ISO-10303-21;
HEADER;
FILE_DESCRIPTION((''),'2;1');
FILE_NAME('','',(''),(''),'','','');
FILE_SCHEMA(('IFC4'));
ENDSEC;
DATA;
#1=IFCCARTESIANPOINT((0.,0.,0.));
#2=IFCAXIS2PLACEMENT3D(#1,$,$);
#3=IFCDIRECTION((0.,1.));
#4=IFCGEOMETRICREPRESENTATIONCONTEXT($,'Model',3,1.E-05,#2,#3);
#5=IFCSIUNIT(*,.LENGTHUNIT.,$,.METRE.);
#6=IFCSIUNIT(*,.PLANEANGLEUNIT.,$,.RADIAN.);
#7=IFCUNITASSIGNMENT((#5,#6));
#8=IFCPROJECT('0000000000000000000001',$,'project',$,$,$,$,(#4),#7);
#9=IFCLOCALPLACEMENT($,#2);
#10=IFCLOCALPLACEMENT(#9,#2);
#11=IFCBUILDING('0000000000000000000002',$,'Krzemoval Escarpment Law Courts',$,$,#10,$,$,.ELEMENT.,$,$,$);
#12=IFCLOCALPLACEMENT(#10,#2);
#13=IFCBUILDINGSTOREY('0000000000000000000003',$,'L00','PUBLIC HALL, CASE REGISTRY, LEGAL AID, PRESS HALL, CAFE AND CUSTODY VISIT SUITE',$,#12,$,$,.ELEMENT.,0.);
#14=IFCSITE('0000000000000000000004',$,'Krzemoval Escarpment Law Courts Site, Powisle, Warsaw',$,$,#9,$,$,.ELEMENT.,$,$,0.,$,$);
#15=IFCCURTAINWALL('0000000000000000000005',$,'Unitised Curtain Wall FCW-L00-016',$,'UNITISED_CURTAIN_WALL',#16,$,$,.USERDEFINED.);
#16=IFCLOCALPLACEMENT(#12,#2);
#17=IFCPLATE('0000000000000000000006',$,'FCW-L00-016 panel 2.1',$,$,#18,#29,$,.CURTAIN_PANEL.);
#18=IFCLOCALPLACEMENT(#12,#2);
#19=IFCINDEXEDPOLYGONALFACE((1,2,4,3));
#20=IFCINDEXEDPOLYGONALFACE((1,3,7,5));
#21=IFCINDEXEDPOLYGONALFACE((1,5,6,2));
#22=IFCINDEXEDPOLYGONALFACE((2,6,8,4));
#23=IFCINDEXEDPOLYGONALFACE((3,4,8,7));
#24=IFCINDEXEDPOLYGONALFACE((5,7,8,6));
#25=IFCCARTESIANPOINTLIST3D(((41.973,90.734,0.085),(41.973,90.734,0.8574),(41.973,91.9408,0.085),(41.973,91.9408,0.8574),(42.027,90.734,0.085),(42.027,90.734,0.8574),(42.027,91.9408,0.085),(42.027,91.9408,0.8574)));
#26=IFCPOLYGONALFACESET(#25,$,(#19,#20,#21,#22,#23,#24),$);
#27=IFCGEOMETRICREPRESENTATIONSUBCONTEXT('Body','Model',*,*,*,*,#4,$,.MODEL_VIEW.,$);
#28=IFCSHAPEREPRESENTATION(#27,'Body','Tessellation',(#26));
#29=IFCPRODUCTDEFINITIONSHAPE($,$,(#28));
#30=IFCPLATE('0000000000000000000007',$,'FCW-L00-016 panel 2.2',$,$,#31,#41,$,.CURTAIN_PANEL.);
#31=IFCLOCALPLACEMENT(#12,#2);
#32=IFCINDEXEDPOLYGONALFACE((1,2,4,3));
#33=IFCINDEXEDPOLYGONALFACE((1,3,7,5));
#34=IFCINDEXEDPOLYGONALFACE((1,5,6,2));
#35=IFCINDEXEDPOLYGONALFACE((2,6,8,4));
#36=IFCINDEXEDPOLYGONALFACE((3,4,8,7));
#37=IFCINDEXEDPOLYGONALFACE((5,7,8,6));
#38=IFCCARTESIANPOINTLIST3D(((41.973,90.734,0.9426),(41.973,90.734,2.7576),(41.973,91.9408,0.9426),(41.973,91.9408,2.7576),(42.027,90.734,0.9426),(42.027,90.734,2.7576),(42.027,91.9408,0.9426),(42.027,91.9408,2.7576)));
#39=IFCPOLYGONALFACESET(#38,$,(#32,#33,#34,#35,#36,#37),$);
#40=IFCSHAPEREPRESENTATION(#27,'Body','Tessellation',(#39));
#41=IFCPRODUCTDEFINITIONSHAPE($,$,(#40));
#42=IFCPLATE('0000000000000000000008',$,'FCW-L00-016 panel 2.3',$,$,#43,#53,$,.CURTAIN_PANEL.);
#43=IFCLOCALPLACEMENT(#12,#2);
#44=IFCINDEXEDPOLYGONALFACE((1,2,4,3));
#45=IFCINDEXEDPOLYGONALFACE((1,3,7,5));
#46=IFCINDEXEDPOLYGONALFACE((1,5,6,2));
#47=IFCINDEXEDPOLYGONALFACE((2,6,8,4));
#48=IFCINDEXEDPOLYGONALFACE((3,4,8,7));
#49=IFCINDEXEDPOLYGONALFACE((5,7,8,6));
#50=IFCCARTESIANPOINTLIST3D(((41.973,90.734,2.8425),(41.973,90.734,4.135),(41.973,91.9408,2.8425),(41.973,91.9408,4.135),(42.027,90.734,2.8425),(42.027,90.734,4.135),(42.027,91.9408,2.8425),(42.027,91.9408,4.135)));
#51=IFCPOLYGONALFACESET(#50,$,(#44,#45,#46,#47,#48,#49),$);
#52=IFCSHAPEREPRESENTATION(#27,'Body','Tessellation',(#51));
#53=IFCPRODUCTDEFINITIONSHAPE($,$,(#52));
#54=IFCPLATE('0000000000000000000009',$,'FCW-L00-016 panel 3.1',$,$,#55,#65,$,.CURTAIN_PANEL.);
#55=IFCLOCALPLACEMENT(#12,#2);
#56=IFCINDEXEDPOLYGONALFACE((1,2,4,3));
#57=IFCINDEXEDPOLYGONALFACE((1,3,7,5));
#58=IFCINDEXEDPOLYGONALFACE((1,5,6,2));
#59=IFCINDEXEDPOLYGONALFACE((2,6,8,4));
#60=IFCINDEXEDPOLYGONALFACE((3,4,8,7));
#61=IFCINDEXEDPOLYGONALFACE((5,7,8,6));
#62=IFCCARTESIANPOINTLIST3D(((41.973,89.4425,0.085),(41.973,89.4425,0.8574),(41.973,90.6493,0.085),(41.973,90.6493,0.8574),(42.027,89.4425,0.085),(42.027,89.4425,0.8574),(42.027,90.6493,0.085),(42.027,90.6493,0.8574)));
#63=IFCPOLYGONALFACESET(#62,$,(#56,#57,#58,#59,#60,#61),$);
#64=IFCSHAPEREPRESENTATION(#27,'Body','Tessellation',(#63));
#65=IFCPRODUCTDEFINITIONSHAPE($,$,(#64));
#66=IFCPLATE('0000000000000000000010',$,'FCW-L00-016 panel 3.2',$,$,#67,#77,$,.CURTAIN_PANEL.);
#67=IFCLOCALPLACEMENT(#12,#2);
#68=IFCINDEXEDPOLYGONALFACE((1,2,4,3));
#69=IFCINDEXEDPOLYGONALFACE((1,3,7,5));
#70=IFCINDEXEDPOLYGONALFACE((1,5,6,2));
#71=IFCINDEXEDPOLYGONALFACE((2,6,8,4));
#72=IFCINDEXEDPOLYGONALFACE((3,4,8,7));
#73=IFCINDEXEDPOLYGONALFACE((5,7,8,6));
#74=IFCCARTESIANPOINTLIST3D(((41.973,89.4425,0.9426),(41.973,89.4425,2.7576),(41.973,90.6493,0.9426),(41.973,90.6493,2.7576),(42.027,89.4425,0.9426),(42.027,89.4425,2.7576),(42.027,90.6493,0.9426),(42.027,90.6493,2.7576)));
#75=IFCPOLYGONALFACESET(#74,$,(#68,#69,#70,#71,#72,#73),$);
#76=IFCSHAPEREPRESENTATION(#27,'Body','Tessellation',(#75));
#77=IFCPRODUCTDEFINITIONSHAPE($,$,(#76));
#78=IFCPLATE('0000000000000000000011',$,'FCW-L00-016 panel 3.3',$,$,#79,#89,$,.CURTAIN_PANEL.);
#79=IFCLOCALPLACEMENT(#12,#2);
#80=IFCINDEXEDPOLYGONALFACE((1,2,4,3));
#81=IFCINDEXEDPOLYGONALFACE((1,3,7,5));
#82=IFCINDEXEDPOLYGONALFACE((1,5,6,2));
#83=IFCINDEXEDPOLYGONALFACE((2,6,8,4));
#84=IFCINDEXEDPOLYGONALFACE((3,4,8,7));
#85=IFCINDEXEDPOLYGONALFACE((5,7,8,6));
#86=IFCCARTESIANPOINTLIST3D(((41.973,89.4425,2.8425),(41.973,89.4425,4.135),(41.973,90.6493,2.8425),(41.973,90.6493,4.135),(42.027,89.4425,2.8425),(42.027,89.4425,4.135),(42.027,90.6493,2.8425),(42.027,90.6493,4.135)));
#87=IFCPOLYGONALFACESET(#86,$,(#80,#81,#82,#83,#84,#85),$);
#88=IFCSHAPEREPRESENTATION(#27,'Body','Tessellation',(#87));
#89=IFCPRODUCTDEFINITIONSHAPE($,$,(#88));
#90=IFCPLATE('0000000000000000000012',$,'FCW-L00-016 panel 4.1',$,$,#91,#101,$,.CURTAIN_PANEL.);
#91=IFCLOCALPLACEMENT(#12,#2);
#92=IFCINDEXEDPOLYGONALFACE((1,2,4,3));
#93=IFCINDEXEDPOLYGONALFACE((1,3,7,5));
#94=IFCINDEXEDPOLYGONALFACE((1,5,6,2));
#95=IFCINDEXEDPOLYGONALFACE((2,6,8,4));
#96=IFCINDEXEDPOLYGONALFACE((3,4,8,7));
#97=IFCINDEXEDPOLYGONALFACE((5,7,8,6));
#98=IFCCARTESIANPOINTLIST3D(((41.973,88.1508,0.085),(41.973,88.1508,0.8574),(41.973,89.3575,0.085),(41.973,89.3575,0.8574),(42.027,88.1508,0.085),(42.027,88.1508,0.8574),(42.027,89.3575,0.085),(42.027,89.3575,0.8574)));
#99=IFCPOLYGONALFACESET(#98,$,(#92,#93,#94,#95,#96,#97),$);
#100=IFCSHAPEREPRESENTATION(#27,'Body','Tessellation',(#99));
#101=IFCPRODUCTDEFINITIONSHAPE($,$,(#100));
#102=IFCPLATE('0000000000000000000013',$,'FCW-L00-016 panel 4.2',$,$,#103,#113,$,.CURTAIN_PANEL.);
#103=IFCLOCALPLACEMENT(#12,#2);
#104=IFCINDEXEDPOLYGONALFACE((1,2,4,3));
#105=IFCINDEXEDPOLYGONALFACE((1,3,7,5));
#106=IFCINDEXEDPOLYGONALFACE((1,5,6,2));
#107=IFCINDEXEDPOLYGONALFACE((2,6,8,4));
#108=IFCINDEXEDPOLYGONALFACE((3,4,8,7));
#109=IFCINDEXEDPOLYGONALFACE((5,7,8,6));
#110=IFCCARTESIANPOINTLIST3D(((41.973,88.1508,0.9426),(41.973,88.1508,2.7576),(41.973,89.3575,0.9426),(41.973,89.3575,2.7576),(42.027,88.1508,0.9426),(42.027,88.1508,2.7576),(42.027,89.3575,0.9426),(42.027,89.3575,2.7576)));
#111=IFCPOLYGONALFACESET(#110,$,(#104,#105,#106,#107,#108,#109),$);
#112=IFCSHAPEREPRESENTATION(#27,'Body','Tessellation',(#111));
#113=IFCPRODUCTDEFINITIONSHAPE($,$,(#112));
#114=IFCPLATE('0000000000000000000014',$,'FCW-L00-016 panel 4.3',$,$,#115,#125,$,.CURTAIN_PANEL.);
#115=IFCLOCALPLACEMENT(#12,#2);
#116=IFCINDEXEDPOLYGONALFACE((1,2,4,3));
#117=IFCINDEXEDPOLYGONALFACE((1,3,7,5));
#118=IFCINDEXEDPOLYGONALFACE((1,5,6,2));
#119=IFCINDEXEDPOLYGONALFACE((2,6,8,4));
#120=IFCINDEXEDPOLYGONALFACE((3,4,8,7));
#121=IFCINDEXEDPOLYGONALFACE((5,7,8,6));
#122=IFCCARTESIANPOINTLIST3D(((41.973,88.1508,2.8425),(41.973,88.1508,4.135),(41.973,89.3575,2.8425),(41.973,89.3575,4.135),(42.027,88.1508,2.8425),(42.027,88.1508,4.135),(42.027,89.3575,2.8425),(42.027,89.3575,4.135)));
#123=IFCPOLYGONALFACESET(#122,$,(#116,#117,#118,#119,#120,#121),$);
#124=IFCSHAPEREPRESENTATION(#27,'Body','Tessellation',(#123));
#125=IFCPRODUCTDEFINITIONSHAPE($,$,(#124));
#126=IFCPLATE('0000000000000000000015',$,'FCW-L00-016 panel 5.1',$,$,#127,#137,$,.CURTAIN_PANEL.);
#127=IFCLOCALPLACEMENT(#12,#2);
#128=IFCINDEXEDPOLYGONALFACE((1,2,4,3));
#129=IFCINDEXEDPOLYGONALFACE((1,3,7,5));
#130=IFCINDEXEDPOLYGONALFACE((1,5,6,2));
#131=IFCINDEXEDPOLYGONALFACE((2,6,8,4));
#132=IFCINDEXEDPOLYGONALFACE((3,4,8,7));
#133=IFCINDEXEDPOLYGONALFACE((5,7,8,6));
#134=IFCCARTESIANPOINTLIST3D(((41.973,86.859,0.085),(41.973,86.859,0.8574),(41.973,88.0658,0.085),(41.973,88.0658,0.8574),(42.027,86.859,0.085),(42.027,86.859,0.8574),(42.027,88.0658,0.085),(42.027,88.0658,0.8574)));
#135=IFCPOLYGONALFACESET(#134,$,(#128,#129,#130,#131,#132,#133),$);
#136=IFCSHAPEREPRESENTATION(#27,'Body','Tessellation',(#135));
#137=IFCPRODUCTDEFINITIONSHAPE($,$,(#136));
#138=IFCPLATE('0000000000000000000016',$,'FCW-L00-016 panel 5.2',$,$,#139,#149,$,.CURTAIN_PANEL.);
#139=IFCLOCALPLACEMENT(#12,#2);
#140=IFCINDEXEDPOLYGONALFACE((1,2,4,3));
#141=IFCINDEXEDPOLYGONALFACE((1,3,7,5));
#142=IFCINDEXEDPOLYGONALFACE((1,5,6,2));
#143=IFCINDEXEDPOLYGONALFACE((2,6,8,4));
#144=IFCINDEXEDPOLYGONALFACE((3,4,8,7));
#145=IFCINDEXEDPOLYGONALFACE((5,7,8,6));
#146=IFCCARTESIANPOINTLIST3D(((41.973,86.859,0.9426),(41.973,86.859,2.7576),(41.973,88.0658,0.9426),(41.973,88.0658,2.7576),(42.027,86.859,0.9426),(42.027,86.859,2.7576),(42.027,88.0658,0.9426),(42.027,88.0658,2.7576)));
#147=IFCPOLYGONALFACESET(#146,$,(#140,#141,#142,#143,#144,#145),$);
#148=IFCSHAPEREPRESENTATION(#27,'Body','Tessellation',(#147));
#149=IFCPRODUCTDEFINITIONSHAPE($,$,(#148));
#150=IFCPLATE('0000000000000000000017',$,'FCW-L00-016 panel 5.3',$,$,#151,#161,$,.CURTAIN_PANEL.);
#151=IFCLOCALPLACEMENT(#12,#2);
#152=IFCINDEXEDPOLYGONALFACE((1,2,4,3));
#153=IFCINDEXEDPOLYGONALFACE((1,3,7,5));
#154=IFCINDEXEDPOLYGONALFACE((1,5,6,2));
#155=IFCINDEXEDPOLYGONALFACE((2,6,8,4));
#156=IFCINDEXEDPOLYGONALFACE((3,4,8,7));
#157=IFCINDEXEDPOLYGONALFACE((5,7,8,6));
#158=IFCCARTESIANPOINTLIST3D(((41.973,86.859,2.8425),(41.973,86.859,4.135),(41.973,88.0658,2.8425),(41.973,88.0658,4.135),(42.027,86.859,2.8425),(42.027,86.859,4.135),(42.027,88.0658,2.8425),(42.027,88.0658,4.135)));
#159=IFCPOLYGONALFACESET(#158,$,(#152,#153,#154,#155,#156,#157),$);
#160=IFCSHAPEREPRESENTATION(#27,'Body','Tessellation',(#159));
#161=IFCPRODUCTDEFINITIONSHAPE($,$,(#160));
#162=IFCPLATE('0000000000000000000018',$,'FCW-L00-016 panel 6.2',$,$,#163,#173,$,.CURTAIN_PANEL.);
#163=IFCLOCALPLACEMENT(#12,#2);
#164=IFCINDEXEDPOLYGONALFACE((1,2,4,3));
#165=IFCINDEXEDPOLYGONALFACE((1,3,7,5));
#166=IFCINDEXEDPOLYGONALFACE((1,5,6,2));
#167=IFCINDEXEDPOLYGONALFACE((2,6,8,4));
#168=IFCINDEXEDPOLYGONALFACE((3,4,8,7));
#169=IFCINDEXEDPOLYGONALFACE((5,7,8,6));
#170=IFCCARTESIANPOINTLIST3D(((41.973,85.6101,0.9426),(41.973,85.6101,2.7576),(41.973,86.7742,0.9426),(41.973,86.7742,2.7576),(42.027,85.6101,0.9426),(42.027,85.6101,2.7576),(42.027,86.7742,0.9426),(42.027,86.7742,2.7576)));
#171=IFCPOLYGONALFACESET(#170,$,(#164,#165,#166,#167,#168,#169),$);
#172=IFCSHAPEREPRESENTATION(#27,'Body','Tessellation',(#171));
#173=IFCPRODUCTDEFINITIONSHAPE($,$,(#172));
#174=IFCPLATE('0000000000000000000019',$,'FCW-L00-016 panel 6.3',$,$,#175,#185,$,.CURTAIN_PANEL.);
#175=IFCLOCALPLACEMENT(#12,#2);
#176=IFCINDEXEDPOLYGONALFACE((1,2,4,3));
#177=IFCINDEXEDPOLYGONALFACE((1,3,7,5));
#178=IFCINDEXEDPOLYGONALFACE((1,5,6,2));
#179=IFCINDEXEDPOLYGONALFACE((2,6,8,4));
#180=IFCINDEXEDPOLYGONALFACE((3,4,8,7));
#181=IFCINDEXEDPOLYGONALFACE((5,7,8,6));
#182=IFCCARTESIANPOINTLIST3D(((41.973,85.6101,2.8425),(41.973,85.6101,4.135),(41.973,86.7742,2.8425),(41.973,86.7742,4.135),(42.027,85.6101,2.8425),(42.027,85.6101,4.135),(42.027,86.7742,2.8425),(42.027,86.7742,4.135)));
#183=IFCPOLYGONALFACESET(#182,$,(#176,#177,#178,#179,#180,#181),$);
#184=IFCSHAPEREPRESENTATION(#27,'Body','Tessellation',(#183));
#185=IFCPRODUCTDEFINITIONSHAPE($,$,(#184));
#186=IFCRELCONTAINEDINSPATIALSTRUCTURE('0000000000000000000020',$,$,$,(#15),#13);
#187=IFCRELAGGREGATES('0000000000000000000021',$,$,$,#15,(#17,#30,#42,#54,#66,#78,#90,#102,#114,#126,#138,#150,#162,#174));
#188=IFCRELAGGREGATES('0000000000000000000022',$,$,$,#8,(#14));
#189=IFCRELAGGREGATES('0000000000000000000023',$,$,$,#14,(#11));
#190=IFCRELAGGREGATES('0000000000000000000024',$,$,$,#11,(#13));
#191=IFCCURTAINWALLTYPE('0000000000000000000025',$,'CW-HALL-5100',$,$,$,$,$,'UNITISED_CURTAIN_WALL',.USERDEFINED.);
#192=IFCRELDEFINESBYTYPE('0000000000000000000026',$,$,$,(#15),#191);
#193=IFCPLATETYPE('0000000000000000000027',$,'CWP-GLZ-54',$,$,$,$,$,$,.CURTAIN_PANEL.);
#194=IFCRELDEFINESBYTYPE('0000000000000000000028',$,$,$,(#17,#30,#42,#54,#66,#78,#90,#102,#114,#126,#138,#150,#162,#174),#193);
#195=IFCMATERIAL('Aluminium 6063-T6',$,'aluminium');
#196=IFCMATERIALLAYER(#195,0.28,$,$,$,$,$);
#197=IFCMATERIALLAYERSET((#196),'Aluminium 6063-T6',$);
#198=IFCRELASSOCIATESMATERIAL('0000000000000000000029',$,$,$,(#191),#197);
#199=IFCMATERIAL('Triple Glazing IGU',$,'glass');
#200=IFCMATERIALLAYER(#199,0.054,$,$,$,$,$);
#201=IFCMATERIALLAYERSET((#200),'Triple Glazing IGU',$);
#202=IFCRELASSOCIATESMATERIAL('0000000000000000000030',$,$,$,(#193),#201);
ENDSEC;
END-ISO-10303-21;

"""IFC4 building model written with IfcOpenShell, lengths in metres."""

from ifc_helpers import new_model, si_unit, direction, frame, origin, origin_2d, place, context, subcontext, project, spatial, rectangle, extrude, material, layer, layer_set, type_object, element, aggregate, save


model = new_model("IFC4")

# Units and contexts
model_context = context("Model", 3, precision=1e-05, world=origin(), true_north=direction((0.0, 1.0)))
body_context = subcontext(model_context, "Body", "Model", "MODEL_VIEW")
ifc_project = project(units=[si_unit("LENGTHUNIT", "METRE"), si_unit("PLANEANGLEUNIT", "RADIAN")], contexts=[model_context])

# Site, building, storey
site_placement = place(None, origin())
site = spatial("IfcSite", under=ifc_project, at=site_placement, Name="Krzemoval Escarpment Law Courts Site, Powisle, Warsaw", CompositionType="ELEMENT", RefElevation=0.0)
building_placement = place(site_placement, origin())
building = spatial("IfcBuilding", under=site, at=building_placement, Name="Krzemoval Escarpment Law Courts", CompositionType="ELEMENT")
storey_placement = place(building_placement, origin())
storey = spatial("IfcBuildingStorey", under=building, at=storey_placement, Name="L00", Description="PUBLIC HALL, CASE REGISTRY, LEGAL AID, PRESS HALL, CAFE AND CUSTODY VISIT SUITE", CompositionType="ELEMENT", Elevation=0.0)

# Curtain wall, plates
ifc_material_1 = material(Name="Aluminium 6063-T6", Category="aluminium")
ifc_layer_1 = layer(ifc_material_1, 0.28)
ifc_layer_set_1 = layer_set([ifc_layer_1], Name="Aluminium 6063-T6")
curtain_wall_type = type_object("IfcCurtainWallType", Name="CW-HALL-5100", ElementType="UNITISED_CURTAIN_WALL", PredefinedType="USERDEFINED", material=ifc_layer_set_1)
curtain_wall_placement = place(storey_placement, origin())
curtain_wall = element("IfcCurtainWall", 1, at=curtain_wall_placement, inside=storey, type_object=curtain_wall_type, Name="Unitised Curtain Wall FCW-L00-016", ObjectType="UNITISED_CURTAIN_WALL", PredefinedType="USERDEFINED")
ifc_material_2 = material(Name="Triple Glazing IGU", Category="glass")
ifc_layer_2 = layer(ifc_material_2, 0.054)
ifc_layer_set_2 = layer_set([ifc_layer_2], Name="Triple Glazing IGU")
plate_type = type_object("IfcPlateType", Name="CWP-GLZ-54", PredefinedType="CURTAIN_PANEL", material=ifc_layer_set_2)
plate_1_placement = place(storey_placement, frame((42.0, 91.3374, 0.085), z_axis=(0.0, 0.0, 1.0), x_axis=(0.0, -1.0, 0.0)))
plate_1 = element("IfcPlate", 2, at=plate_1_placement, type_object=plate_type, Name="FCW-L00-016 panel 2.1", PredefinedType="CURTAIN_PANEL", context=body_context, shape_type="SweptSolid", body=[
    extrude(rectangle(XDim=1.2068, YDim=0.054, at=origin_2d()), origin(), (0.0, 0.0, 1.0), 0.7725),
])
plate_2_placement = place(storey_placement, frame((42.0, 91.3374, 0.9426), z_axis=(0.0, 0.0, 1.0), x_axis=(0.0, -1.0, 0.0)))
plate_2 = element("IfcPlate", 3, at=plate_2_placement, type_object=plate_type, Name="FCW-L00-016 panel 2.2", PredefinedType="CURTAIN_PANEL", context=body_context, shape_type="SweptSolid", body=[
    extrude(rectangle(XDim=1.2068, YDim=0.054, at=origin_2d()), origin(), (0.0, 0.0, 1.0), 1.8149),
])
plate_3_placement = place(storey_placement, frame((42.0, 91.3374, 2.8425), z_axis=(0.0, 0.0, 1.0), x_axis=(0.0, -1.0, 0.0)))
plate_3 = element("IfcPlate", 4, at=plate_3_placement, type_object=plate_type, Name="FCW-L00-016 panel 2.3", PredefinedType="CURTAIN_PANEL", context=body_context, shape_type="SweptSolid", body=[
    extrude(rectangle(XDim=1.2068, YDim=0.054, at=origin_2d()), origin(), (0.0, 0.0, 1.0), 1.2925),
])
plate_4_placement = place(storey_placement, frame((42.0, 90.0459, 0.085), z_axis=(0.0, 0.0, 1.0), x_axis=(0.0, -1.0, 0.0)))
plate_4 = element("IfcPlate", 5, at=plate_4_placement, type_object=plate_type, Name="FCW-L00-016 panel 3.1", PredefinedType="CURTAIN_PANEL", context=body_context, shape_type="SweptSolid", body=[
    extrude(rectangle(XDim=1.2068, YDim=0.054, at=origin_2d()), origin(), (0.0, 0.0, 1.0), 0.7725),
])
plate_5_placement = place(storey_placement, frame((42.0, 90.0459, 0.9426), z_axis=(0.0, 0.0, 1.0), x_axis=(0.0, -1.0, 0.0)))
plate_5 = element("IfcPlate", 6, at=plate_5_placement, type_object=plate_type, Name="FCW-L00-016 panel 3.2", PredefinedType="CURTAIN_PANEL", context=body_context, shape_type="SweptSolid", body=[
    extrude(rectangle(XDim=1.2068, YDim=0.054, at=origin_2d()), origin(), (0.0, 0.0, 1.0), 1.8149),
])
plate_6_placement = place(storey_placement, frame((42.0, 90.0459, 2.8425), z_axis=(0.0, 0.0, 1.0), x_axis=(0.0, -1.0, 0.0)))
plate_6 = element("IfcPlate", 7, at=plate_6_placement, type_object=plate_type, Name="FCW-L00-016 panel 3.3", PredefinedType="CURTAIN_PANEL", context=body_context, shape_type="SweptSolid", body=[
    extrude(rectangle(XDim=1.2068, YDim=0.054, at=origin_2d()), origin(), (0.0, 0.0, 1.0), 1.2925),
])
plate_7_placement = place(storey_placement, frame((42.0, 88.7542, 0.085), z_axis=(0.0, 0.0, 1.0), x_axis=(0.0, -1.0, 0.0)))
plate_7 = element("IfcPlate", 8, at=plate_7_placement, type_object=plate_type, Name="FCW-L00-016 panel 4.1", PredefinedType="CURTAIN_PANEL", context=body_context, shape_type="SweptSolid", body=[
    extrude(rectangle(XDim=1.2068, YDim=0.054, at=origin_2d()), origin(), (0.0, 0.0, 1.0), 0.7725),
])
plate_8_placement = place(storey_placement, frame((42.0, 88.7542, 0.9426), z_axis=(0.0, 0.0, 1.0), x_axis=(0.0, -1.0, 0.0)))
plate_8 = element("IfcPlate", 9, at=plate_8_placement, type_object=plate_type, Name="FCW-L00-016 panel 4.2", PredefinedType="CURTAIN_PANEL", context=body_context, shape_type="SweptSolid", body=[
    extrude(rectangle(XDim=1.2068, YDim=0.054, at=origin_2d()), origin(), (0.0, 0.0, 1.0), 1.8149),
])
plate_9_placement = place(storey_placement, frame((42.0, 88.7542, 2.8425), z_axis=(0.0, 0.0, 1.0), x_axis=(0.0, -1.0, 0.0)))
plate_9 = element("IfcPlate", 10, at=plate_9_placement, type_object=plate_type, Name="FCW-L00-016 panel 4.3", PredefinedType="CURTAIN_PANEL", context=body_context, shape_type="SweptSolid", body=[
    extrude(rectangle(XDim=1.2068, YDim=0.054, at=origin_2d()), origin(), (0.0, 0.0, 1.0), 1.2925),
])
plate_10_placement = place(storey_placement, frame((42.0, 87.4624, 0.085), z_axis=(0.0, 0.0, 1.0), x_axis=(0.0, -1.0, 0.0)))
plate_10 = element("IfcPlate", 11, at=plate_10_placement, type_object=plate_type, Name="FCW-L00-016 panel 5.1", PredefinedType="CURTAIN_PANEL", context=body_context, shape_type="SweptSolid", body=[
    extrude(rectangle(XDim=1.2068, YDim=0.054, at=origin_2d()), origin(), (0.0, 0.0, 1.0), 0.7725),
])
plate_11_placement = place(storey_placement, frame((42.0, 87.4624, 0.9426), z_axis=(0.0, 0.0, 1.0), x_axis=(0.0, -1.0, 0.0)))
plate_11 = element("IfcPlate", 12, at=plate_11_placement, type_object=plate_type, Name="FCW-L00-016 panel 5.2", PredefinedType="CURTAIN_PANEL", context=body_context, shape_type="SweptSolid", body=[
    extrude(rectangle(XDim=1.2068, YDim=0.054, at=origin_2d()), origin(), (0.0, 0.0, 1.0), 1.8149),
])
plate_12_placement = place(storey_placement, frame((42.0, 87.4624, 2.8425), z_axis=(0.0, 0.0, 1.0), x_axis=(0.0, -1.0, 0.0)))
plate_12 = element("IfcPlate", 13, at=plate_12_placement, type_object=plate_type, Name="FCW-L00-016 panel 5.3", PredefinedType="CURTAIN_PANEL", context=body_context, shape_type="SweptSolid", body=[
    extrude(rectangle(XDim=1.2068, YDim=0.054, at=origin_2d()), origin(), (0.0, 0.0, 1.0), 1.2925),
])
plate_13_placement = place(storey_placement, frame((42.0, 86.1921, 0.9426), z_axis=(0.0, 0.0, 1.0), x_axis=(0.0, -1.0, 0.0)))
plate_13 = element("IfcPlate", 14, at=plate_13_placement, type_object=plate_type, Name="FCW-L00-016 panel 6.2", PredefinedType="CURTAIN_PANEL", context=body_context, shape_type="SweptSolid", body=[
    extrude(rectangle(XDim=1.1641, YDim=0.054, at=origin_2d()), origin(), (0.0, 0.0, 1.0), 1.8149),
])
plate_14_placement = place(storey_placement, frame((42.0, 86.1921, 2.8425), z_axis=(0.0, 0.0, 1.0), x_axis=(0.0, -1.0, 0.0)))
plate_14 = element("IfcPlate", 15, at=plate_14_placement, type_object=plate_type, Name="FCW-L00-016 panel 6.3", PredefinedType="CURTAIN_PANEL", context=body_context, shape_type="SweptSolid", body=[
    extrude(rectangle(XDim=1.1641, YDim=0.054, at=origin_2d()), origin(), (0.0, 0.0, 1.0), 1.2925),
])
aggregate(curtain_wall, [plate_1, plate_2, plate_3, plate_4, plate_5, plate_6, plate_7, plate_8, plate_9, plate_10, plate_11, plate_12, plate_13, plate_14])

save(model, "model.ifc")
